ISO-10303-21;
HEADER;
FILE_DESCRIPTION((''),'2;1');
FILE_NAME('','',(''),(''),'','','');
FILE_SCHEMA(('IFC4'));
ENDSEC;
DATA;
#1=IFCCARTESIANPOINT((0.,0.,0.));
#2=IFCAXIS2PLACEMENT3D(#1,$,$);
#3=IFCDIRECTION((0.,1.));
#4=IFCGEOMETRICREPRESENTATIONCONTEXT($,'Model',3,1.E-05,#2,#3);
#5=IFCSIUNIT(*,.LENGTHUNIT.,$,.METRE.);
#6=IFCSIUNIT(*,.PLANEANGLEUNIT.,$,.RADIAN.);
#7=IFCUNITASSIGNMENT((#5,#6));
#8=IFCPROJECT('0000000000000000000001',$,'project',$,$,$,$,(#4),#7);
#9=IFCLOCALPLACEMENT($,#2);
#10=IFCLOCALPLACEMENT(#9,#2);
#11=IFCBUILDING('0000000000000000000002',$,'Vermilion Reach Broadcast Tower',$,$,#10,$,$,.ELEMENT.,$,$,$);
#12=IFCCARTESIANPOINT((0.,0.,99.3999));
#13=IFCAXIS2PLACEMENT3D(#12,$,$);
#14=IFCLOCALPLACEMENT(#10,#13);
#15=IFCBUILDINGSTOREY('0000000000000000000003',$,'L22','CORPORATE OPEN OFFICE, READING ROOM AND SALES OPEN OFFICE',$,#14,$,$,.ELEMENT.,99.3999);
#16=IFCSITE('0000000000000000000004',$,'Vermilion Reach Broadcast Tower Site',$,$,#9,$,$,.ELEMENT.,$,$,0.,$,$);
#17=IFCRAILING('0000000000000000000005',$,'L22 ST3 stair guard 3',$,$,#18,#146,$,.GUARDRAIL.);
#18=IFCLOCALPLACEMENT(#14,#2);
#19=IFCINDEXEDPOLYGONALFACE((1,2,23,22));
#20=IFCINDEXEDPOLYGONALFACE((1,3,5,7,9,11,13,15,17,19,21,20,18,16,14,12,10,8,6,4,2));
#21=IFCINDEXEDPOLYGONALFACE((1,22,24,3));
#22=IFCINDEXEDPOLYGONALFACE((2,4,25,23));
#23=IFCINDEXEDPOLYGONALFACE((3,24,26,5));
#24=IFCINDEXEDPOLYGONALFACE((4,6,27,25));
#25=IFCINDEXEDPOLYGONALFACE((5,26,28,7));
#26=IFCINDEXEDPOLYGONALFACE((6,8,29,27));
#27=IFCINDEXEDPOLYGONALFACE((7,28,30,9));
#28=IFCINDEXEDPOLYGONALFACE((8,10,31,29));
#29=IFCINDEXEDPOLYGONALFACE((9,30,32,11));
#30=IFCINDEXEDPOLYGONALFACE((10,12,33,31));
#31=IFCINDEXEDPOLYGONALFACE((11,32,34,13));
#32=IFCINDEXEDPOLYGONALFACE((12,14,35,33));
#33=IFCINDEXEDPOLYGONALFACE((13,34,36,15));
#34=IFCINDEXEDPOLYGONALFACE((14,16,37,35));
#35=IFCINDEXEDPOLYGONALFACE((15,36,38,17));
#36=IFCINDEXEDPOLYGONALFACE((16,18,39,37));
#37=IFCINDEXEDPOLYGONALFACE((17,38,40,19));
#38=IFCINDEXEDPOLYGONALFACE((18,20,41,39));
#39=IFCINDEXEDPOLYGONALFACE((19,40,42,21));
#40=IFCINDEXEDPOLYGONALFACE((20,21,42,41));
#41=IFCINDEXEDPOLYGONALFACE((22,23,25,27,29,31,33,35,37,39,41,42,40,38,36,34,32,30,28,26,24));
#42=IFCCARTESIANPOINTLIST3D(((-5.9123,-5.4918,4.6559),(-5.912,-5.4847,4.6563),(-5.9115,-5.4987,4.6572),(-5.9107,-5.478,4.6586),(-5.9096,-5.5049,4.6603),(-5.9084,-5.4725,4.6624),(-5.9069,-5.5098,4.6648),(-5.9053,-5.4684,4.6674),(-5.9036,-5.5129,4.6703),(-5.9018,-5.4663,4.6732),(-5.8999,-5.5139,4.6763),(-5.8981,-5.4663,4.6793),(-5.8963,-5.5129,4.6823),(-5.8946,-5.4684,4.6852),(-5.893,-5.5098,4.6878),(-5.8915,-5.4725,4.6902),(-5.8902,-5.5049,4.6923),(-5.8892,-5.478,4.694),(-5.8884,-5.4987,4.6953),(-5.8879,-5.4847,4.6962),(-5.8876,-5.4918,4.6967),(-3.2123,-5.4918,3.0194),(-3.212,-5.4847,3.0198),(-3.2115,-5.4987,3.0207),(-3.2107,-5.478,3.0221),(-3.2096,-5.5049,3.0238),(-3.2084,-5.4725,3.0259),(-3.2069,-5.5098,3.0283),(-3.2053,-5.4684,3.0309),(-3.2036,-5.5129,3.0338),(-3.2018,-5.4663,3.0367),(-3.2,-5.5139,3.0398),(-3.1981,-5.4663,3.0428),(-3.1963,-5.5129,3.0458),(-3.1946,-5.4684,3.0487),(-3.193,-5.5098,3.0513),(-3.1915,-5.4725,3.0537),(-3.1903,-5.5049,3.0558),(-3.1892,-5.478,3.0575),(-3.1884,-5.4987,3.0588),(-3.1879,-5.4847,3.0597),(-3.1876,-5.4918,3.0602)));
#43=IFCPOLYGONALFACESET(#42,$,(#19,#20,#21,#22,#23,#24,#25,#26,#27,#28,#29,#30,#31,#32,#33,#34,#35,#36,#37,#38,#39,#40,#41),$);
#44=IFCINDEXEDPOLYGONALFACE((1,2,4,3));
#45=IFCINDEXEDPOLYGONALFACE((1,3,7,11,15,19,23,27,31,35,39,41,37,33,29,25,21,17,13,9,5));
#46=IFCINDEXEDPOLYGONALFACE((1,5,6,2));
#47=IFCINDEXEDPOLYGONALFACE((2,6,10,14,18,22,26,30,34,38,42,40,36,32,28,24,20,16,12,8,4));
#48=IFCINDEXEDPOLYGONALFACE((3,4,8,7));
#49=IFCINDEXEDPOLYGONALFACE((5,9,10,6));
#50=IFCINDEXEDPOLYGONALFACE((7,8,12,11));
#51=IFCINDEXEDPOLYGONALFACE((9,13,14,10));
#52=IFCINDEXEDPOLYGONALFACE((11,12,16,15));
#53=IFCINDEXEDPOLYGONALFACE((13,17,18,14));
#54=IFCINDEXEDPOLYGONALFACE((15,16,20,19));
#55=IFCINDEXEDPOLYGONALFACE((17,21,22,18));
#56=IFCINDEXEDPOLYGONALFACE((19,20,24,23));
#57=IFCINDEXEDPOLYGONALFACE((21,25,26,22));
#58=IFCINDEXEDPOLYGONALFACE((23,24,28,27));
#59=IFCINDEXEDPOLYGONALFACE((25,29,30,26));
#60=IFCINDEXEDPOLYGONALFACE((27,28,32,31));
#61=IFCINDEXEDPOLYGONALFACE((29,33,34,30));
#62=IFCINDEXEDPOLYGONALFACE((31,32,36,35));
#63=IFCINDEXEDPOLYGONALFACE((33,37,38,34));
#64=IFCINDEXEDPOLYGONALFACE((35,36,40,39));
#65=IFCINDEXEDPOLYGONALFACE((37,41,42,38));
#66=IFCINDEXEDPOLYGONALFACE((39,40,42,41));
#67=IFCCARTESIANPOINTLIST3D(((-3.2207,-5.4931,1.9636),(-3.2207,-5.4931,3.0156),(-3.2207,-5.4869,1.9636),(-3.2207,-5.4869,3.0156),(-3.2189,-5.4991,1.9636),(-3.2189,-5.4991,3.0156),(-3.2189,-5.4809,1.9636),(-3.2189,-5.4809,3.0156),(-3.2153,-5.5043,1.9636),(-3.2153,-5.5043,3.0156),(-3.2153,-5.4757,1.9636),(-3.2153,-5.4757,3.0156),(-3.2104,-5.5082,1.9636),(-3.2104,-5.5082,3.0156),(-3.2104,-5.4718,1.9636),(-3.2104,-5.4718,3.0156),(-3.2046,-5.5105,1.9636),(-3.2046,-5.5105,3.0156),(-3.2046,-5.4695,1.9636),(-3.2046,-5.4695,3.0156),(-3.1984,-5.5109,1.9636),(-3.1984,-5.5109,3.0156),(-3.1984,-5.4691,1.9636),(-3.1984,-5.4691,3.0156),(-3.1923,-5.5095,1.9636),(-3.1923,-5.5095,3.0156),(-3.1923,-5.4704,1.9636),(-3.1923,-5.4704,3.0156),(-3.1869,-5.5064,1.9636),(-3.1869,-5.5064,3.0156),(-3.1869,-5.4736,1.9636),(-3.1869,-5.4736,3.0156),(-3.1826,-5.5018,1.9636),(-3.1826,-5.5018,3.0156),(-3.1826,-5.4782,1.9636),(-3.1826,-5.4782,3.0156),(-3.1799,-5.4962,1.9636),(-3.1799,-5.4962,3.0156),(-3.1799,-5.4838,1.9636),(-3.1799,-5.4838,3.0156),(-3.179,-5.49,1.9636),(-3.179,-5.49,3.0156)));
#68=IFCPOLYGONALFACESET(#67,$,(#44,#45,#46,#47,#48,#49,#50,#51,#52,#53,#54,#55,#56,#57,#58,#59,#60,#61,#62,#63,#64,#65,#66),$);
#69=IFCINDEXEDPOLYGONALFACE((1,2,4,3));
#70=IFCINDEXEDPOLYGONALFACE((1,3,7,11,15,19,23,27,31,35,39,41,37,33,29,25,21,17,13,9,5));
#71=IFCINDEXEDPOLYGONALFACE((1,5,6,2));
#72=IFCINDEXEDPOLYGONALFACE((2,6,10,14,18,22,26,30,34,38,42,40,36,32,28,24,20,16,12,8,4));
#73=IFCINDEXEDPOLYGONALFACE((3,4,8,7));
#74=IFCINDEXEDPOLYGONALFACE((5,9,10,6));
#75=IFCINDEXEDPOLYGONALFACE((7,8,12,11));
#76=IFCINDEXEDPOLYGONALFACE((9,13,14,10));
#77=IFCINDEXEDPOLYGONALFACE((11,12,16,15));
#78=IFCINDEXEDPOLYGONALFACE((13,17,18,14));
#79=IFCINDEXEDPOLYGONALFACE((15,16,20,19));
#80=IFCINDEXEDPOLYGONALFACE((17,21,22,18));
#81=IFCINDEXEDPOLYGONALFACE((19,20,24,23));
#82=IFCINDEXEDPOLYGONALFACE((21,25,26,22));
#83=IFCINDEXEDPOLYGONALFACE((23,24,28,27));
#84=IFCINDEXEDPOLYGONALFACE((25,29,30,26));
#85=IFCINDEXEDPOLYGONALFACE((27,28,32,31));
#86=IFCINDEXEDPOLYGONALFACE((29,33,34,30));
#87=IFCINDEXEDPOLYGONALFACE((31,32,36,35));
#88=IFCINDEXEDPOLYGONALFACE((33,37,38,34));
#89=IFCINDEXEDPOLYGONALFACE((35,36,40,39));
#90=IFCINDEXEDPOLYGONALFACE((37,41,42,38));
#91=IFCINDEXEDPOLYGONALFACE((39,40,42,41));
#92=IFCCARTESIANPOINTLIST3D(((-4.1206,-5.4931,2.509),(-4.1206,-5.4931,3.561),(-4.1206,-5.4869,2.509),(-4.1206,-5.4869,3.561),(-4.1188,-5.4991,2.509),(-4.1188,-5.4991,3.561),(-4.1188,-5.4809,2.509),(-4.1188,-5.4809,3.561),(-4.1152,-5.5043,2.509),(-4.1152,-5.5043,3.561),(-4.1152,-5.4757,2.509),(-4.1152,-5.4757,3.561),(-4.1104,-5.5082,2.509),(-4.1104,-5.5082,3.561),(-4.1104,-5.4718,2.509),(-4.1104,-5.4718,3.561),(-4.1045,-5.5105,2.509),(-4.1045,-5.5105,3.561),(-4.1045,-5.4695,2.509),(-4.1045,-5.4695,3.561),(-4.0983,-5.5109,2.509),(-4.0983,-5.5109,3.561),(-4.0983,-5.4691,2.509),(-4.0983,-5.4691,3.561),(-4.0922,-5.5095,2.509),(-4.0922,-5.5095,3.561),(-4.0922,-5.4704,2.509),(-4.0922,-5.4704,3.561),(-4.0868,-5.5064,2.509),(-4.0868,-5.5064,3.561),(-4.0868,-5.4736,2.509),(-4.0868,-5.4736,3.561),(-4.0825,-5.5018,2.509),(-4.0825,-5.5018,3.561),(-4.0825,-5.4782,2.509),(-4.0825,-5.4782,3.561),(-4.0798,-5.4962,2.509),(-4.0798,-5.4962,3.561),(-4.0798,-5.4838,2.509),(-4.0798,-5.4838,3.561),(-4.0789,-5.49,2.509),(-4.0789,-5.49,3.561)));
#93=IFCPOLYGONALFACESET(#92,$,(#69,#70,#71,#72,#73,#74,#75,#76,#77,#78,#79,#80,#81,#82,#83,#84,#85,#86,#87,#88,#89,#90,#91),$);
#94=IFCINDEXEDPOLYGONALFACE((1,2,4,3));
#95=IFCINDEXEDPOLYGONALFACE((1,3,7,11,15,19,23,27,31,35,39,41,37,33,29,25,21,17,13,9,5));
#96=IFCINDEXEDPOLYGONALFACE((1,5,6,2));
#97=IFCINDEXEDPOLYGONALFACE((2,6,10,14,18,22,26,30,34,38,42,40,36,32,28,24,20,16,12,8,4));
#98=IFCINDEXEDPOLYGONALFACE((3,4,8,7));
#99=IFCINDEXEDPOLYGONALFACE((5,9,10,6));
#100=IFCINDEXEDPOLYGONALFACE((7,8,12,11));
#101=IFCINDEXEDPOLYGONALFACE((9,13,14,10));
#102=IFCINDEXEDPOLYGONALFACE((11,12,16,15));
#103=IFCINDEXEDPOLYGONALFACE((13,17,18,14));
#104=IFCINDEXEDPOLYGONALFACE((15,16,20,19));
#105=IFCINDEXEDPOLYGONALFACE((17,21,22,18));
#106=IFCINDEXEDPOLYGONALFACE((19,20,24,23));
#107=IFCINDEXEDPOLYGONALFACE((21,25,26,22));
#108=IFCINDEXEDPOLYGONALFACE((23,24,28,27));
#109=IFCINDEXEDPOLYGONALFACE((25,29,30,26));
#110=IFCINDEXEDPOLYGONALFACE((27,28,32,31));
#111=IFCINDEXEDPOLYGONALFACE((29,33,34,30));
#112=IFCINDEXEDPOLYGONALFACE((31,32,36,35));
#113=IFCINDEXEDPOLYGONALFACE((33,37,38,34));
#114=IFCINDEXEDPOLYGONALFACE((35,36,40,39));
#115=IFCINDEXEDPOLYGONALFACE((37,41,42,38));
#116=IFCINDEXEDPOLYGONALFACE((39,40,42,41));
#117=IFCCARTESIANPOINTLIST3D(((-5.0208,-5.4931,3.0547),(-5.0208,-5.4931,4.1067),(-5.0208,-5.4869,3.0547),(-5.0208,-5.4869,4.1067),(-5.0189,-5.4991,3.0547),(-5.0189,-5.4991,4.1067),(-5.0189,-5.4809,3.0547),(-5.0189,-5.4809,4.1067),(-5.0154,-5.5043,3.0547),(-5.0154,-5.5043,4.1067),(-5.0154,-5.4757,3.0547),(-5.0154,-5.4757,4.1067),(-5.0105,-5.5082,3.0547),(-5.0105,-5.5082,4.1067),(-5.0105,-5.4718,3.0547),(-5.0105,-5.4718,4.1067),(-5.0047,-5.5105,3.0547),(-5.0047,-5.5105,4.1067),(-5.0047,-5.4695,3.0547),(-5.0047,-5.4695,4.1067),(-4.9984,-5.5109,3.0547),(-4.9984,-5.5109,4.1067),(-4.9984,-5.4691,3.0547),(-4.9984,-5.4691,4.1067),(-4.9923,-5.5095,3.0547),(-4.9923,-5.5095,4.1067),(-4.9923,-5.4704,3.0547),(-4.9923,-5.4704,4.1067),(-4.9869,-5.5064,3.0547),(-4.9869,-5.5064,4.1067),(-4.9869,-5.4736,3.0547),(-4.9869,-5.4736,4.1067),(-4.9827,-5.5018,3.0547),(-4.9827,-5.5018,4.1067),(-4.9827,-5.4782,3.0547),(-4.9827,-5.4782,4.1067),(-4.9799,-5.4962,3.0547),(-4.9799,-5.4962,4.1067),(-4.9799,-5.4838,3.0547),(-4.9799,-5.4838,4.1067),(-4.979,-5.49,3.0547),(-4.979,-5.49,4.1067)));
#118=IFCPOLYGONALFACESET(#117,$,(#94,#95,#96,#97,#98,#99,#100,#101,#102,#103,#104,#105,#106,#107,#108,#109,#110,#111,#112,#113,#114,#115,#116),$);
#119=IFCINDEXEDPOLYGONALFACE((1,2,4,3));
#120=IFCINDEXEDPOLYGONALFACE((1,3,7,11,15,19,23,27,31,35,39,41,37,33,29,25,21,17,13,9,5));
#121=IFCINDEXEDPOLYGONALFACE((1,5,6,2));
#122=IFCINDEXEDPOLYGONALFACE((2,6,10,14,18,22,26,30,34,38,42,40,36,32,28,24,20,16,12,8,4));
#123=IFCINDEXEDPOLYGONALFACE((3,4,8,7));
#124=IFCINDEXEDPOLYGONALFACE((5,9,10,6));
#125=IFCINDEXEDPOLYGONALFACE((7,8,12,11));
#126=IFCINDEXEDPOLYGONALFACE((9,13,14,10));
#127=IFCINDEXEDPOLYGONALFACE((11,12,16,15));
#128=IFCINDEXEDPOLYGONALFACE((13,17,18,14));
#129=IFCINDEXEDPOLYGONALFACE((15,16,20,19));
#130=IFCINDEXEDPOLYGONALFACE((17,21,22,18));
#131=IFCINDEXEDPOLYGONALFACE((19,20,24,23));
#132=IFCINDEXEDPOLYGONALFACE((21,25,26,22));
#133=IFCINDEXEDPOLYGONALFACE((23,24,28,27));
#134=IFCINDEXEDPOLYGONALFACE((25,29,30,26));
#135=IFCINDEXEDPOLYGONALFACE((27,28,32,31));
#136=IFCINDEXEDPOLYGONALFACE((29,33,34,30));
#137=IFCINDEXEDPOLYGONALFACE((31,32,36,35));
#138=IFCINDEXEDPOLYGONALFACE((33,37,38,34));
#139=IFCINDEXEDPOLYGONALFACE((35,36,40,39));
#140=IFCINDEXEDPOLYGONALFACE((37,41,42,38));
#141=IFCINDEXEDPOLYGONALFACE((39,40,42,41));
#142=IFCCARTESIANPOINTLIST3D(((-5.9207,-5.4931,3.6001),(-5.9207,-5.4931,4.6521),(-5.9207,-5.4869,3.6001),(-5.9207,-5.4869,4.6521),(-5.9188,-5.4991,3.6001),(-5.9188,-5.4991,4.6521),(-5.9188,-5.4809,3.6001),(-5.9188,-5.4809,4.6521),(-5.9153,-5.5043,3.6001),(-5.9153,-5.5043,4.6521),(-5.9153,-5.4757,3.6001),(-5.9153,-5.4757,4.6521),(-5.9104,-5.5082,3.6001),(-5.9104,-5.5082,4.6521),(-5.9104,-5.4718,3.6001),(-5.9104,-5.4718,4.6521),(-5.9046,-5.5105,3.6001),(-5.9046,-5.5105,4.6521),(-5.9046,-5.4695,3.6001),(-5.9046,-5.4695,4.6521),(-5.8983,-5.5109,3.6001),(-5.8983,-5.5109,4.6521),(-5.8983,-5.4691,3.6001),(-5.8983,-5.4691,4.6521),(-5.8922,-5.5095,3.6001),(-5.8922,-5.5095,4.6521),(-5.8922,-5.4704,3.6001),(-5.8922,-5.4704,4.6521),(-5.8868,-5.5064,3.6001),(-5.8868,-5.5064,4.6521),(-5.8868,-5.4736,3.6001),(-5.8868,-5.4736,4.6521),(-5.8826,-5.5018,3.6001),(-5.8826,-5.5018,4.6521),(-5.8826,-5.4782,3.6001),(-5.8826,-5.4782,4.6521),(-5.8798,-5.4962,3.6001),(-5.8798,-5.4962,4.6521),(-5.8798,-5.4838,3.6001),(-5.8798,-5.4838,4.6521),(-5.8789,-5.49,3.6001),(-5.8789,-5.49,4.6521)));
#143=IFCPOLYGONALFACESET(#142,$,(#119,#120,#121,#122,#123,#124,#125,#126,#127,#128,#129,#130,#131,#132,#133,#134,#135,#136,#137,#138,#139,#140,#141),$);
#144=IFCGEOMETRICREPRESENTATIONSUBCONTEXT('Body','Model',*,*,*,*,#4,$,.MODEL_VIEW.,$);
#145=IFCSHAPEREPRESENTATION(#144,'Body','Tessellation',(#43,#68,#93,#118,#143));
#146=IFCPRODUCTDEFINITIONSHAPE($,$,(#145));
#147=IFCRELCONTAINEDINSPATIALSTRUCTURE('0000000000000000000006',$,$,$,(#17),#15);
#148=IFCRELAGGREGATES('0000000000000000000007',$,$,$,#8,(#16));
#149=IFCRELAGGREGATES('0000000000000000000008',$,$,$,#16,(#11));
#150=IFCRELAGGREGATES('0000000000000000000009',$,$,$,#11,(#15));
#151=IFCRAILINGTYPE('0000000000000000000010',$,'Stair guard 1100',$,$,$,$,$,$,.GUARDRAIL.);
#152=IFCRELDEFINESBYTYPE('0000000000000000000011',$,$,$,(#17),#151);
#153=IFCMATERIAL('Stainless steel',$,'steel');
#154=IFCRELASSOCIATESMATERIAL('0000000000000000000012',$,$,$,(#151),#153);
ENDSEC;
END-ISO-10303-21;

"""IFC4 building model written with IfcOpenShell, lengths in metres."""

from ifc_helpers import new_model, si_unit, direction, frame, origin, origin_2d, place, context, subcontext, project, spatial, circle, extrude, material, type_object, element, save


model = new_model("IFC4")

# Units and contexts
model_context = context("Model", 3, precision=1e-05, world=origin(), true_north=direction((0.0, 1.0)))
body_context = subcontext(model_context, "Body", "Model", "MODEL_VIEW")
ifc_project = project(units=[si_unit("LENGTHUNIT", "METRE"), si_unit("PLANEANGLEUNIT", "RADIAN")], contexts=[model_context])

# Site, building, storey
site_placement = place(None, origin())
site = spatial("IfcSite", under=ifc_project, at=site_placement, Name="Vermilion Reach Broadcast Tower Site", CompositionType="ELEMENT", RefElevation=0.0)
building_placement = place(site_placement, origin())
building = spatial("IfcBuilding", under=site, at=building_placement, Name="Vermilion Reach Broadcast Tower", CompositionType="ELEMENT")
storey_placement = place(building_placement, frame((0.0, 0.0, 99.3999)))
storey = spatial("IfcBuildingStorey", under=building, at=storey_placement, Name="L22", Description="CORPORATE OPEN OFFICE, READING ROOM AND SALES OPEN OFFICE", CompositionType="ELEMENT", Elevation=99.3999)

# Railing
ifc_material_1 = material(Name="Stainless steel", Category="steel")
railing_type_1 = type_object("IfcRailingType", Name="Stair guard 1100", PredefinedType="GUARDRAIL", material=ifc_material_1)
railing_1_placement = place(storey_placement, frame((-3.2, -5.49, 1.9636)))
element("IfcRailing", 1, at=railing_1_placement, inside=storey, type_object=railing_type_1, Name="L22 ST3 stair guard 3", PredefinedType="GUARDRAIL", context=body_context, shape_type="SweptSolid", body=[
    extrude(circle(Radius=0.0239, at=origin_2d()), frame((0.0, 0.0, 1.0762), z_axis=(-0.855178, 0.0, 0.518334), x_axis=(0.0, -1.0, 0.0)), (0.0, 0.0, 1.0), 3.1572),
    extrude(circle(Radius=0.021, at=origin_2d()), origin(), (0.0, 0.0, 1.0), 1.052),
    extrude(circle(Radius=0.021, at=origin_2d()), frame((-0.8999, 0.0, 0.5454)), (0.0, 0.0, 1.0), 1.052),
    extrude(circle(Radius=0.021, at=origin_2d()), frame((-1.8, 0.0, 1.0911)), (0.0, 0.0, 1.0), 1.052),
    extrude(circle(Radius=0.021, at=origin_2d()), frame((-2.7, 0.0, 1.6365)), (0.0, 0.0, 1.0), 1.052),
])

save(model, "model.ifc")
